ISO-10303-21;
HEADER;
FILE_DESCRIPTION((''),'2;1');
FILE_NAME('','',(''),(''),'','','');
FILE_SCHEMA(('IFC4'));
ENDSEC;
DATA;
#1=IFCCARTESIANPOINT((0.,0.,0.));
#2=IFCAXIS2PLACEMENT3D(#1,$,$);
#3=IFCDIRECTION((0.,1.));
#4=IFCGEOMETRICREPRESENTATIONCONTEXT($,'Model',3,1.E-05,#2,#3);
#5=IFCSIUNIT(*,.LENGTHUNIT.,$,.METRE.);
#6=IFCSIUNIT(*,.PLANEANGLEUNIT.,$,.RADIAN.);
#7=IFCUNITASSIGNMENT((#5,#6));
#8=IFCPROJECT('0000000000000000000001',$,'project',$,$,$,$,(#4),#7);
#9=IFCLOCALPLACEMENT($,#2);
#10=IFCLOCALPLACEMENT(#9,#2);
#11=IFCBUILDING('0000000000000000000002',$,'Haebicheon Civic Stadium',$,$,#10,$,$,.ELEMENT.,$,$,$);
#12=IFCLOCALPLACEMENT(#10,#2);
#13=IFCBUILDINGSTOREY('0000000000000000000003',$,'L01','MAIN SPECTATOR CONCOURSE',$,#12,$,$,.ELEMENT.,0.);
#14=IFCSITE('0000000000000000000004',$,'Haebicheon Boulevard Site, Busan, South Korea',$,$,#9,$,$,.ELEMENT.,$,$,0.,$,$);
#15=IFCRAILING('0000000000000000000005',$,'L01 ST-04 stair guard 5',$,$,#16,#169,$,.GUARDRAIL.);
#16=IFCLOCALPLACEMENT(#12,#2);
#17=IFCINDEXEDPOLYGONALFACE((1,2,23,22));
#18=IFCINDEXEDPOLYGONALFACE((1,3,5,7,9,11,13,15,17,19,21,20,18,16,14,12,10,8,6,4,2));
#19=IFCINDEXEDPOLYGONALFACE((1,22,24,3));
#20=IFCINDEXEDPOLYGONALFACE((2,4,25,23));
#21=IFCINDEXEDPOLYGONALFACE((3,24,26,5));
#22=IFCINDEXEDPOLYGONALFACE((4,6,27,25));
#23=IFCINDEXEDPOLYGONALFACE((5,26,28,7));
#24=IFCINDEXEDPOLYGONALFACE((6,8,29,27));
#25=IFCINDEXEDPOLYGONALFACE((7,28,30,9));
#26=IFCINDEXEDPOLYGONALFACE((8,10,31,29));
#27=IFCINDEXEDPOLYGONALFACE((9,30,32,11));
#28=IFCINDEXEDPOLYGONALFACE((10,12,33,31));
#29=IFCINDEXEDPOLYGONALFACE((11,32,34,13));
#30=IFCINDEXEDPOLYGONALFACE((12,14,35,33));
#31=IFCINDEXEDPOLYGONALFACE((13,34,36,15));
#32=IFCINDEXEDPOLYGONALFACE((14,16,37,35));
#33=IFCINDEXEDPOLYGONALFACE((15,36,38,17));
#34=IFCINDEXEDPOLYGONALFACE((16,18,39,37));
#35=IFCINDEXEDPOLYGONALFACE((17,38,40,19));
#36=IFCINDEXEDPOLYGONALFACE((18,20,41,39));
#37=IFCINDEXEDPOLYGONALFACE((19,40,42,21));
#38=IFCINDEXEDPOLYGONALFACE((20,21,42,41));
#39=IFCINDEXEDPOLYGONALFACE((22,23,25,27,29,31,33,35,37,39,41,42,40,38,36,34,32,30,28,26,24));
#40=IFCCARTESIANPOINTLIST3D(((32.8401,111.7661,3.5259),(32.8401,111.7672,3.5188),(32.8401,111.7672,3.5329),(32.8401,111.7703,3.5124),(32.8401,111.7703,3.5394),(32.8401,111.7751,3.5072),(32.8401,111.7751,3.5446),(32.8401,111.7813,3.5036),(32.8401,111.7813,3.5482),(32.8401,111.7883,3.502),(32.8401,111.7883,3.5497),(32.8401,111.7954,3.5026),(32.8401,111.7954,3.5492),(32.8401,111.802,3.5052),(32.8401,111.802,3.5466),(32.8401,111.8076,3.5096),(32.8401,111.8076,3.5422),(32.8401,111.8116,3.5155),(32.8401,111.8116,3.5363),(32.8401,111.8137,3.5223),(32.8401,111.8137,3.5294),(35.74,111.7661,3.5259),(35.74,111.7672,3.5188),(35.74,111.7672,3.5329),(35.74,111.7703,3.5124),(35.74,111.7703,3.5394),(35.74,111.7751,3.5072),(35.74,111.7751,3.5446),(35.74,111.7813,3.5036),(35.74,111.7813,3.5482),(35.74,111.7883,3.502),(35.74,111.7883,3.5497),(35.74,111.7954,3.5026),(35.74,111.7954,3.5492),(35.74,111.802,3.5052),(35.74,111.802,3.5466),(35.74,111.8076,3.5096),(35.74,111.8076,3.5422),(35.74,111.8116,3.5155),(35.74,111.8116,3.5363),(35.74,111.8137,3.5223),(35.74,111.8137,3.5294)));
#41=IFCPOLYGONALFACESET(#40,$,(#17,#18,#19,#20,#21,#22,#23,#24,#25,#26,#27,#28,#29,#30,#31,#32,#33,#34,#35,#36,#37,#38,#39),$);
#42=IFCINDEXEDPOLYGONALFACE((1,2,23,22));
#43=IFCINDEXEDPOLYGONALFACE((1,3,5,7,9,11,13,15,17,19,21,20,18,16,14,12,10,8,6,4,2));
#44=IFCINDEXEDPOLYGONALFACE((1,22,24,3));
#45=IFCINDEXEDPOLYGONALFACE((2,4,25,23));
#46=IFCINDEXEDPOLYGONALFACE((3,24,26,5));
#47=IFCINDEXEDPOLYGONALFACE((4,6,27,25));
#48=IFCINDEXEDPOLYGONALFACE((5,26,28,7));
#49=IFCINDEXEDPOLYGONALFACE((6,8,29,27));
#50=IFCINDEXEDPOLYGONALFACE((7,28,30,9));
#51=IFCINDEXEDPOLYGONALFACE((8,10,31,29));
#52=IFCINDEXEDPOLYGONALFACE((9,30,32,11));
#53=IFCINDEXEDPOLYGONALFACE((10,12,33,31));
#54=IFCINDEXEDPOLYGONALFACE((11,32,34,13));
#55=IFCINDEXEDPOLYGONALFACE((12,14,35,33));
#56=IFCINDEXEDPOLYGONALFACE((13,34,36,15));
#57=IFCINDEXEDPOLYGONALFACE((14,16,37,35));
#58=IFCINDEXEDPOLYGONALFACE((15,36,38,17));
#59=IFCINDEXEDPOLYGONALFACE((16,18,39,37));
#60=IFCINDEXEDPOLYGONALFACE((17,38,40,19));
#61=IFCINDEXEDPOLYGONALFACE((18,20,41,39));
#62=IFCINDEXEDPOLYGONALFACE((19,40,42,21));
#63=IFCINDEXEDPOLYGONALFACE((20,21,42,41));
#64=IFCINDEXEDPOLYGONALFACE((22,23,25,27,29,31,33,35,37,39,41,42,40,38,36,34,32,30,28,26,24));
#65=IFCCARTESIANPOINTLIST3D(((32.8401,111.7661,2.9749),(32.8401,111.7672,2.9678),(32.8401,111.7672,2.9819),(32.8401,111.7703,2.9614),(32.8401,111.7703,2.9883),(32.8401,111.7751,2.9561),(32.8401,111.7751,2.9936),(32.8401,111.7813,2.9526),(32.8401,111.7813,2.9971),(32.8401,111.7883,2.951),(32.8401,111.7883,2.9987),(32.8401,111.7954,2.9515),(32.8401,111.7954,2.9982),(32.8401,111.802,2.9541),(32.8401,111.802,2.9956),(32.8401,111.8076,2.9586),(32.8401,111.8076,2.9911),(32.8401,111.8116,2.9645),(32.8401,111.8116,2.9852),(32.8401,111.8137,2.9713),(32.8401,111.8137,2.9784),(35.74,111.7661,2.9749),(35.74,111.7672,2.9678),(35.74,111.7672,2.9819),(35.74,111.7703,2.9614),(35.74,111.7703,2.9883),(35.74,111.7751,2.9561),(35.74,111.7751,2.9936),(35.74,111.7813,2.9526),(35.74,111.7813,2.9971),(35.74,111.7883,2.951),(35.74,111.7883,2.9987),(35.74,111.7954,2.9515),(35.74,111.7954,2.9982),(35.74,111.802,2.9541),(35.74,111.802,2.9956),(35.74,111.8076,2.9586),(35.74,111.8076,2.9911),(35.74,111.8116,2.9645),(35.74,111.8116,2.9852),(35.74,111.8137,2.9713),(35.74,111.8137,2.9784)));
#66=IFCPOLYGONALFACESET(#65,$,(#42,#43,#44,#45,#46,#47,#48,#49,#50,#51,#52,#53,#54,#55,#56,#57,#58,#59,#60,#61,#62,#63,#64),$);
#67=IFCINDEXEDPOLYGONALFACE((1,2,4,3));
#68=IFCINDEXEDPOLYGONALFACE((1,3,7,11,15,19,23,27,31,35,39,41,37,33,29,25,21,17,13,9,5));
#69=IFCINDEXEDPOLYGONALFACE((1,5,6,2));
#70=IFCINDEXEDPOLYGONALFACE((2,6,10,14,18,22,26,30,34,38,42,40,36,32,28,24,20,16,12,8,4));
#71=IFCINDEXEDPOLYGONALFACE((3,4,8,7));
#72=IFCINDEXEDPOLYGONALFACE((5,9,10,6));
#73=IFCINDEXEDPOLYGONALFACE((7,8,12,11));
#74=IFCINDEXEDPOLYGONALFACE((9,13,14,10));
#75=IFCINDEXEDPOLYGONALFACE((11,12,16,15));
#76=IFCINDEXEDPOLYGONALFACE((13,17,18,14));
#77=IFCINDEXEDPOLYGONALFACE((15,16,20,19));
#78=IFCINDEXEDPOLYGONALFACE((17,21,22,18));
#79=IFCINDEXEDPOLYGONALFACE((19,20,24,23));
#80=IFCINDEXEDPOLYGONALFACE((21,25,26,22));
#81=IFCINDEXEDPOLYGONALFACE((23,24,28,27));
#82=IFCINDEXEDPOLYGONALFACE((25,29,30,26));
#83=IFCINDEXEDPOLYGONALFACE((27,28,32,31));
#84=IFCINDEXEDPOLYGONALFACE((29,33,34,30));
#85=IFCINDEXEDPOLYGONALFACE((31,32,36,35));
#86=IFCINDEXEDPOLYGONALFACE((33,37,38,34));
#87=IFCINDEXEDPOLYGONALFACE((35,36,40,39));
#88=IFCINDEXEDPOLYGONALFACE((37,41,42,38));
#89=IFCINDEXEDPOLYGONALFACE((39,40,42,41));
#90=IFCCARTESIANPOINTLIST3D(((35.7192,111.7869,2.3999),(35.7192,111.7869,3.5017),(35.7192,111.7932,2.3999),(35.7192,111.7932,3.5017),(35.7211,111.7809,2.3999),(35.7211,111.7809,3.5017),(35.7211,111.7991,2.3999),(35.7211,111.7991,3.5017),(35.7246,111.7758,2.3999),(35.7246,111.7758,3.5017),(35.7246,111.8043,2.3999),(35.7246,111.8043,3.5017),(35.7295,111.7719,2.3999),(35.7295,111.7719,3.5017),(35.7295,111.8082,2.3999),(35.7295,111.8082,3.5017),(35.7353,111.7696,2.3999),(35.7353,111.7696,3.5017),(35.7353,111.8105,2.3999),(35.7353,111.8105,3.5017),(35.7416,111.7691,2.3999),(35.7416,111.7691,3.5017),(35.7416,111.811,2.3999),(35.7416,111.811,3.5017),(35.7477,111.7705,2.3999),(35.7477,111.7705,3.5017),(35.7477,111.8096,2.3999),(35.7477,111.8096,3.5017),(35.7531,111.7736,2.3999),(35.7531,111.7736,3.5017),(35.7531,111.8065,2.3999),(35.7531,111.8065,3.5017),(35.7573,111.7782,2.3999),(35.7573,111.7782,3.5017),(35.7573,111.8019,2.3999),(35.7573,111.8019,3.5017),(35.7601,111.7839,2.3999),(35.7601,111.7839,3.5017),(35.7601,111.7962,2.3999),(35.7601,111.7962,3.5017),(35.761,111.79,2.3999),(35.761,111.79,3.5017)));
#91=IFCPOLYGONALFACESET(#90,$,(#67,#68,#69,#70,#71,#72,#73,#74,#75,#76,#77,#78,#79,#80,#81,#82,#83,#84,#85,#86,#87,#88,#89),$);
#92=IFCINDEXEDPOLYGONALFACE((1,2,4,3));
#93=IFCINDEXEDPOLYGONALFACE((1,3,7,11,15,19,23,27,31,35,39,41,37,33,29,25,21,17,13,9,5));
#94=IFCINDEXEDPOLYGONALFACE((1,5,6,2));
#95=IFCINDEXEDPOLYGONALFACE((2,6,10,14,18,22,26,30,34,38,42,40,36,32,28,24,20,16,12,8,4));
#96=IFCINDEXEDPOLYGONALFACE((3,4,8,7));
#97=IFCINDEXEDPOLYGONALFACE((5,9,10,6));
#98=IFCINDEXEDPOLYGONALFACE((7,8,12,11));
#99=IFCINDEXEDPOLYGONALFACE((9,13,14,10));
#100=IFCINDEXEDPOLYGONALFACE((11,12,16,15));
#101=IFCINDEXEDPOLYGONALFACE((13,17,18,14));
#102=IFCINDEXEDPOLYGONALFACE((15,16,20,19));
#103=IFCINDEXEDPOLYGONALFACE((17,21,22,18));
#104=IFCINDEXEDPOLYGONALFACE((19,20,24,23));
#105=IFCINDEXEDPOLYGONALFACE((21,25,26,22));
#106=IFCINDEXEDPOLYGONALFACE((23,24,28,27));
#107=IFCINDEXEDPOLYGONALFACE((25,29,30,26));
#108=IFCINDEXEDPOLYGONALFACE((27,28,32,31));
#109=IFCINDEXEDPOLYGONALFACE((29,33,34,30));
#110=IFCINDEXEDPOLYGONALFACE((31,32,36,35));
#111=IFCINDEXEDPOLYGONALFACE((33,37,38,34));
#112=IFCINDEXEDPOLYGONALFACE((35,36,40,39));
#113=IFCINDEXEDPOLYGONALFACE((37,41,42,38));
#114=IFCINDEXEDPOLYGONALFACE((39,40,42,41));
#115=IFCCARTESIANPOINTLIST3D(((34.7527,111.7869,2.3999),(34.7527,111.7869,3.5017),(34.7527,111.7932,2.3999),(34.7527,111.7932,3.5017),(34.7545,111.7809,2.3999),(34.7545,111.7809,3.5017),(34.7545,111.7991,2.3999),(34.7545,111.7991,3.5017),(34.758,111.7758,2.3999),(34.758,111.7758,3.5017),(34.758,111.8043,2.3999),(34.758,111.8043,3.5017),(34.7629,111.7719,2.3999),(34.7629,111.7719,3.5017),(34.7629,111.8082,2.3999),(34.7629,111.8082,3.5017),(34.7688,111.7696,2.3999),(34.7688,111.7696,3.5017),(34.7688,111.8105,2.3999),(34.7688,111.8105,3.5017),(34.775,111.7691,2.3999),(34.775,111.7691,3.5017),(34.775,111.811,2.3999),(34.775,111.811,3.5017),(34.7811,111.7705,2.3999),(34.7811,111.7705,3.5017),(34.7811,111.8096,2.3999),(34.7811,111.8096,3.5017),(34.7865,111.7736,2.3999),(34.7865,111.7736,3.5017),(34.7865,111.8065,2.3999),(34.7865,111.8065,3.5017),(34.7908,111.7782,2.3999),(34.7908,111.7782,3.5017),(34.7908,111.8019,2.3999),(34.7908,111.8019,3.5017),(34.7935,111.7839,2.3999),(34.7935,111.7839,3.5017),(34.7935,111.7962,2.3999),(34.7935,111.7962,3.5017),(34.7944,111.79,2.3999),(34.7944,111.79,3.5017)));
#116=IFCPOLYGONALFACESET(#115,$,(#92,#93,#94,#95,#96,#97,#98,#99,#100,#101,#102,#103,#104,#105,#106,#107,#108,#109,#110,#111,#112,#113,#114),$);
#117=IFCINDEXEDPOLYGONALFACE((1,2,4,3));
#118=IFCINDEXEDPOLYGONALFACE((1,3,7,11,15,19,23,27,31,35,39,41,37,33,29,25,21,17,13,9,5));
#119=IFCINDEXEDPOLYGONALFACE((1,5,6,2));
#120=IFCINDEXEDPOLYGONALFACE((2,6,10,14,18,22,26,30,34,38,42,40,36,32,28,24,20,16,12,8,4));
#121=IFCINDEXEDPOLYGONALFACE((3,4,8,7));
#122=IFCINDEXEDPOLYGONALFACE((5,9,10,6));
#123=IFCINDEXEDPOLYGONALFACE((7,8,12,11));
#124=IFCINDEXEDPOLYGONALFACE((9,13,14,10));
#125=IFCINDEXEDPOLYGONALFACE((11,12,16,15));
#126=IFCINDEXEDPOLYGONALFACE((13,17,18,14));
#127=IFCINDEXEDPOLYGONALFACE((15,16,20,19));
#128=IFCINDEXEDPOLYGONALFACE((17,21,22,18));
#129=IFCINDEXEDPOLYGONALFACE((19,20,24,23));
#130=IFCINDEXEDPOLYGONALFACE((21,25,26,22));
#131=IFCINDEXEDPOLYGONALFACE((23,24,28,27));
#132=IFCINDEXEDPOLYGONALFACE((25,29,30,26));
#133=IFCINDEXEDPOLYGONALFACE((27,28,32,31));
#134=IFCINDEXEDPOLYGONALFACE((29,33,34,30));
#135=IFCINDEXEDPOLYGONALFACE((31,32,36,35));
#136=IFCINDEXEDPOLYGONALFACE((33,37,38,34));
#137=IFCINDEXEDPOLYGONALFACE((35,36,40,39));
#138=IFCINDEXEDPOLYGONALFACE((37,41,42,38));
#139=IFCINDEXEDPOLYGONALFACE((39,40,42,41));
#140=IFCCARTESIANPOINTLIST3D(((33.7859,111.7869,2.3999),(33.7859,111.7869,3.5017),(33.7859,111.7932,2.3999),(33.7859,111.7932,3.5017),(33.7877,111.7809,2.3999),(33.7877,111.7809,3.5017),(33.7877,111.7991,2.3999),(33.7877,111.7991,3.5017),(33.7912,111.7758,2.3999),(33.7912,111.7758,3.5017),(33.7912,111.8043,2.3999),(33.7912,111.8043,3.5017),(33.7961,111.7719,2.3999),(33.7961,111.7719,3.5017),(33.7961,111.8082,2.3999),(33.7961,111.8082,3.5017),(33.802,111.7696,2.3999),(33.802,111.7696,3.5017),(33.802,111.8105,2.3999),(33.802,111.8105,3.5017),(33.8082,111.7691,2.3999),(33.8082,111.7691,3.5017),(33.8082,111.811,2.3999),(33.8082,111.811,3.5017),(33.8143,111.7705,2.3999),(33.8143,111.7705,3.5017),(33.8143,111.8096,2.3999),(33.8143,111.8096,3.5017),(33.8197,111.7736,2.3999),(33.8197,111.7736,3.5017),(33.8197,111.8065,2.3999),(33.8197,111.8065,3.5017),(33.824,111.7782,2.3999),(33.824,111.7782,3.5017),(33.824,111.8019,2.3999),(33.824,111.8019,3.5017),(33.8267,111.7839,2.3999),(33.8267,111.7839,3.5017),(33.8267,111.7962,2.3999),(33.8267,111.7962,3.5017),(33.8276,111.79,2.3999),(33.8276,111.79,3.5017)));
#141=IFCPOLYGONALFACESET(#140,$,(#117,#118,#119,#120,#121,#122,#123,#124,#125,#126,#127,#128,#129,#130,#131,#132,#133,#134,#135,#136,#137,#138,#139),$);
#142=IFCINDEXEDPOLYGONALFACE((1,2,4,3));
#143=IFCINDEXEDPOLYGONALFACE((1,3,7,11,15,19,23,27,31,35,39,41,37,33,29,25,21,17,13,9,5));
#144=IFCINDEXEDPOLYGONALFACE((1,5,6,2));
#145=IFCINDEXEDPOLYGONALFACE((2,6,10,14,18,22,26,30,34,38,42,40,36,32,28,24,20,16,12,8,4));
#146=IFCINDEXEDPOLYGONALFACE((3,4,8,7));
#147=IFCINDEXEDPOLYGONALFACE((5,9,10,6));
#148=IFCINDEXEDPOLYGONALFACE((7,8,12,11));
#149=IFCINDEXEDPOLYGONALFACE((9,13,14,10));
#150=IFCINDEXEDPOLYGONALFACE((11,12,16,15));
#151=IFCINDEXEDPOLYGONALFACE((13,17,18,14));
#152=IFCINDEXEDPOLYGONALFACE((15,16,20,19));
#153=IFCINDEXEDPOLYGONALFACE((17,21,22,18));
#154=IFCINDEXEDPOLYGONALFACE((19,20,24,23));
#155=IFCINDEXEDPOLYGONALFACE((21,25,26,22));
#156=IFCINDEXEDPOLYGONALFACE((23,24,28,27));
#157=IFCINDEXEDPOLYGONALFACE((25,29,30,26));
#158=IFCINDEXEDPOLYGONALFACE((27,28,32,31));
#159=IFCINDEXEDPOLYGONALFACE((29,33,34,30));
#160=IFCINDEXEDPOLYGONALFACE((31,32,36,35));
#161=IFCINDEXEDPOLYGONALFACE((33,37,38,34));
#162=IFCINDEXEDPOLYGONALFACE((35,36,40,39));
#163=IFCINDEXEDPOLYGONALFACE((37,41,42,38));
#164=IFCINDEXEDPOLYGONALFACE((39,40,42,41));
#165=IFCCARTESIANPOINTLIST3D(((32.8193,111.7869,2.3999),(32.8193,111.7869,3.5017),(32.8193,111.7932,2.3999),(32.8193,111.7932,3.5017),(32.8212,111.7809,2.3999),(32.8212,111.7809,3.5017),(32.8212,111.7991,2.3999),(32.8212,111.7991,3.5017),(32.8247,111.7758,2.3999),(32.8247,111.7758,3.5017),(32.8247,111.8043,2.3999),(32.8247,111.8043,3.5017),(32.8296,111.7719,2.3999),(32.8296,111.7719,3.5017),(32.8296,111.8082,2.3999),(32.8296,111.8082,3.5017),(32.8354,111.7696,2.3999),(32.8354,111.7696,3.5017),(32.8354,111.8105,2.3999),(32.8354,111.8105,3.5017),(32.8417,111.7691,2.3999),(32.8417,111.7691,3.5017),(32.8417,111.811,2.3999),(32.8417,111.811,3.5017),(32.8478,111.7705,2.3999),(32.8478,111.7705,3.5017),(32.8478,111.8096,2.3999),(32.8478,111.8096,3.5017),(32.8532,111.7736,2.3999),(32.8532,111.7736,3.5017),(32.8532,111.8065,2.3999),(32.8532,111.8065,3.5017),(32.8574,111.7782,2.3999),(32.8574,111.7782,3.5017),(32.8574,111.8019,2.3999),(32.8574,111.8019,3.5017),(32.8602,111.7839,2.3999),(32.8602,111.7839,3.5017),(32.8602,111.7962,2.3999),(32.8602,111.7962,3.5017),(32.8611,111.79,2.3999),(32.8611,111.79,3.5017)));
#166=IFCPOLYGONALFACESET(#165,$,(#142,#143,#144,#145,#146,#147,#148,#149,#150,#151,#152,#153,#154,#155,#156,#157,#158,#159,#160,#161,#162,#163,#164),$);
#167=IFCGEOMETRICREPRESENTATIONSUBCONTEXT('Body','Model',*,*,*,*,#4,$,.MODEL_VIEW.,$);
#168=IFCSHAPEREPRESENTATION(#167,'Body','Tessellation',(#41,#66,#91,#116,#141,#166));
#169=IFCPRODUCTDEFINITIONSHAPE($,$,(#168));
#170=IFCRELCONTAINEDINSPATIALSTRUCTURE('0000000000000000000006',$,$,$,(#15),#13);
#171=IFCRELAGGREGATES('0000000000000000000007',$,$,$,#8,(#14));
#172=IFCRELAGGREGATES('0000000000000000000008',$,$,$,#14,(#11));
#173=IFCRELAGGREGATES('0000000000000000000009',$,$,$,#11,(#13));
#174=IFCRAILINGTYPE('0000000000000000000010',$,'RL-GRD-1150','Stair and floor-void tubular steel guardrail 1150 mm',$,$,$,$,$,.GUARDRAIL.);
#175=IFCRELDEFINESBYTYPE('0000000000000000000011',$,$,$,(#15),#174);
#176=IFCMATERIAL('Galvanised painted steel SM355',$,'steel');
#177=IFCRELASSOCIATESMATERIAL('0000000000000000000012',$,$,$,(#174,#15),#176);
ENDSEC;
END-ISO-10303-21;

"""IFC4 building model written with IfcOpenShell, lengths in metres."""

from ifc_helpers import new_model, si_unit, direction, frame, origin, origin_2d, place, context, subcontext, project, spatial, circle, extrude, material, type_object, element, save


model = new_model("IFC4")

# Units and contexts
model_context = context("Model", 3, precision=1e-05, world=origin(), true_north=direction((0.0, 1.0)))
body_context = subcontext(model_context, "Body", "Model", "MODEL_VIEW")
ifc_project = project(units=[si_unit("LENGTHUNIT", "METRE"), si_unit("PLANEANGLEUNIT", "RADIAN")], contexts=[model_context])

# Site, building, storey
site_placement = place(None, origin())
site = spatial("IfcSite", under=ifc_project, at=site_placement, Name="Haebicheon Boulevard Site, Busan, South Korea", CompositionType="ELEMENT", RefElevation=0.0)
building_placement = place(site_placement, origin())
building = spatial("IfcBuilding", under=site, at=building_placement, Name="Haebicheon Civic Stadium", CompositionType="ELEMENT")
storey_placement = place(building_placement, origin())
storey = spatial("IfcBuildingStorey", under=building, at=storey_placement, Name="L01", Description="MAIN SPECTATOR CONCOURSE", CompositionType="ELEMENT", Elevation=0.0)

# Railing
ifc_material_1 = material(Name="Galvanised painted steel SM355", Category="steel")
railing_type = type_object("IfcRailingType", Name="RL-GRD-1150", Description="Stair and floor-void tubular steel guardrail 1150 mm", PredefinedType="GUARDRAIL", material=ifc_material_1)
railing_1_placement = place(storey_placement, frame((35.74, 111.79, 2.3999)))
element("IfcRailing", 1, at=railing_1_placement, inside=storey, type_object=railing_type, material=ifc_material_1, Name="L01 ST-04 stair guard 5", PredefinedType="GUARDRAIL", context=body_context, shape_type="SweptSolid", body=[
    extrude(circle(Radius=0.0239, at=origin_2d()), frame((0.0, 0.0, 1.126), z_axis=(-1.0, 0.0, 0.0), x_axis=(0.0, -1.0, 0.0)), (0.0, 0.0, 1.0), 2.8999),
    extrude(circle(Radius=0.0239, at=origin_2d()), frame((0.0, 0.0, 0.575), z_axis=(-1.0, 0.0, 0.0), x_axis=(0.0, -1.0, 0.0)), (0.0, 0.0, 1.0), 2.8999),
    extrude(circle(Radius=0.021, at=origin_2d()), origin(), (0.0, 0.0, 1.0), 1.1018),
    extrude(circle(Radius=0.021, at=origin_2d()), frame((-0.9666, 0.0, 0.0)), (0.0, 0.0, 1.0), 1.1018),
    extrude(circle(Radius=0.021, at=origin_2d()), frame((-1.9333, 0.0, 0.0)), (0.0, 0.0, 1.0), 1.1018),
    extrude(circle(Radius=0.021, at=origin_2d()), frame((-2.8999, 0.0, 0.0)), (0.0, 0.0, 1.0), 1.1018),
])

save(model, "model.ifc")
